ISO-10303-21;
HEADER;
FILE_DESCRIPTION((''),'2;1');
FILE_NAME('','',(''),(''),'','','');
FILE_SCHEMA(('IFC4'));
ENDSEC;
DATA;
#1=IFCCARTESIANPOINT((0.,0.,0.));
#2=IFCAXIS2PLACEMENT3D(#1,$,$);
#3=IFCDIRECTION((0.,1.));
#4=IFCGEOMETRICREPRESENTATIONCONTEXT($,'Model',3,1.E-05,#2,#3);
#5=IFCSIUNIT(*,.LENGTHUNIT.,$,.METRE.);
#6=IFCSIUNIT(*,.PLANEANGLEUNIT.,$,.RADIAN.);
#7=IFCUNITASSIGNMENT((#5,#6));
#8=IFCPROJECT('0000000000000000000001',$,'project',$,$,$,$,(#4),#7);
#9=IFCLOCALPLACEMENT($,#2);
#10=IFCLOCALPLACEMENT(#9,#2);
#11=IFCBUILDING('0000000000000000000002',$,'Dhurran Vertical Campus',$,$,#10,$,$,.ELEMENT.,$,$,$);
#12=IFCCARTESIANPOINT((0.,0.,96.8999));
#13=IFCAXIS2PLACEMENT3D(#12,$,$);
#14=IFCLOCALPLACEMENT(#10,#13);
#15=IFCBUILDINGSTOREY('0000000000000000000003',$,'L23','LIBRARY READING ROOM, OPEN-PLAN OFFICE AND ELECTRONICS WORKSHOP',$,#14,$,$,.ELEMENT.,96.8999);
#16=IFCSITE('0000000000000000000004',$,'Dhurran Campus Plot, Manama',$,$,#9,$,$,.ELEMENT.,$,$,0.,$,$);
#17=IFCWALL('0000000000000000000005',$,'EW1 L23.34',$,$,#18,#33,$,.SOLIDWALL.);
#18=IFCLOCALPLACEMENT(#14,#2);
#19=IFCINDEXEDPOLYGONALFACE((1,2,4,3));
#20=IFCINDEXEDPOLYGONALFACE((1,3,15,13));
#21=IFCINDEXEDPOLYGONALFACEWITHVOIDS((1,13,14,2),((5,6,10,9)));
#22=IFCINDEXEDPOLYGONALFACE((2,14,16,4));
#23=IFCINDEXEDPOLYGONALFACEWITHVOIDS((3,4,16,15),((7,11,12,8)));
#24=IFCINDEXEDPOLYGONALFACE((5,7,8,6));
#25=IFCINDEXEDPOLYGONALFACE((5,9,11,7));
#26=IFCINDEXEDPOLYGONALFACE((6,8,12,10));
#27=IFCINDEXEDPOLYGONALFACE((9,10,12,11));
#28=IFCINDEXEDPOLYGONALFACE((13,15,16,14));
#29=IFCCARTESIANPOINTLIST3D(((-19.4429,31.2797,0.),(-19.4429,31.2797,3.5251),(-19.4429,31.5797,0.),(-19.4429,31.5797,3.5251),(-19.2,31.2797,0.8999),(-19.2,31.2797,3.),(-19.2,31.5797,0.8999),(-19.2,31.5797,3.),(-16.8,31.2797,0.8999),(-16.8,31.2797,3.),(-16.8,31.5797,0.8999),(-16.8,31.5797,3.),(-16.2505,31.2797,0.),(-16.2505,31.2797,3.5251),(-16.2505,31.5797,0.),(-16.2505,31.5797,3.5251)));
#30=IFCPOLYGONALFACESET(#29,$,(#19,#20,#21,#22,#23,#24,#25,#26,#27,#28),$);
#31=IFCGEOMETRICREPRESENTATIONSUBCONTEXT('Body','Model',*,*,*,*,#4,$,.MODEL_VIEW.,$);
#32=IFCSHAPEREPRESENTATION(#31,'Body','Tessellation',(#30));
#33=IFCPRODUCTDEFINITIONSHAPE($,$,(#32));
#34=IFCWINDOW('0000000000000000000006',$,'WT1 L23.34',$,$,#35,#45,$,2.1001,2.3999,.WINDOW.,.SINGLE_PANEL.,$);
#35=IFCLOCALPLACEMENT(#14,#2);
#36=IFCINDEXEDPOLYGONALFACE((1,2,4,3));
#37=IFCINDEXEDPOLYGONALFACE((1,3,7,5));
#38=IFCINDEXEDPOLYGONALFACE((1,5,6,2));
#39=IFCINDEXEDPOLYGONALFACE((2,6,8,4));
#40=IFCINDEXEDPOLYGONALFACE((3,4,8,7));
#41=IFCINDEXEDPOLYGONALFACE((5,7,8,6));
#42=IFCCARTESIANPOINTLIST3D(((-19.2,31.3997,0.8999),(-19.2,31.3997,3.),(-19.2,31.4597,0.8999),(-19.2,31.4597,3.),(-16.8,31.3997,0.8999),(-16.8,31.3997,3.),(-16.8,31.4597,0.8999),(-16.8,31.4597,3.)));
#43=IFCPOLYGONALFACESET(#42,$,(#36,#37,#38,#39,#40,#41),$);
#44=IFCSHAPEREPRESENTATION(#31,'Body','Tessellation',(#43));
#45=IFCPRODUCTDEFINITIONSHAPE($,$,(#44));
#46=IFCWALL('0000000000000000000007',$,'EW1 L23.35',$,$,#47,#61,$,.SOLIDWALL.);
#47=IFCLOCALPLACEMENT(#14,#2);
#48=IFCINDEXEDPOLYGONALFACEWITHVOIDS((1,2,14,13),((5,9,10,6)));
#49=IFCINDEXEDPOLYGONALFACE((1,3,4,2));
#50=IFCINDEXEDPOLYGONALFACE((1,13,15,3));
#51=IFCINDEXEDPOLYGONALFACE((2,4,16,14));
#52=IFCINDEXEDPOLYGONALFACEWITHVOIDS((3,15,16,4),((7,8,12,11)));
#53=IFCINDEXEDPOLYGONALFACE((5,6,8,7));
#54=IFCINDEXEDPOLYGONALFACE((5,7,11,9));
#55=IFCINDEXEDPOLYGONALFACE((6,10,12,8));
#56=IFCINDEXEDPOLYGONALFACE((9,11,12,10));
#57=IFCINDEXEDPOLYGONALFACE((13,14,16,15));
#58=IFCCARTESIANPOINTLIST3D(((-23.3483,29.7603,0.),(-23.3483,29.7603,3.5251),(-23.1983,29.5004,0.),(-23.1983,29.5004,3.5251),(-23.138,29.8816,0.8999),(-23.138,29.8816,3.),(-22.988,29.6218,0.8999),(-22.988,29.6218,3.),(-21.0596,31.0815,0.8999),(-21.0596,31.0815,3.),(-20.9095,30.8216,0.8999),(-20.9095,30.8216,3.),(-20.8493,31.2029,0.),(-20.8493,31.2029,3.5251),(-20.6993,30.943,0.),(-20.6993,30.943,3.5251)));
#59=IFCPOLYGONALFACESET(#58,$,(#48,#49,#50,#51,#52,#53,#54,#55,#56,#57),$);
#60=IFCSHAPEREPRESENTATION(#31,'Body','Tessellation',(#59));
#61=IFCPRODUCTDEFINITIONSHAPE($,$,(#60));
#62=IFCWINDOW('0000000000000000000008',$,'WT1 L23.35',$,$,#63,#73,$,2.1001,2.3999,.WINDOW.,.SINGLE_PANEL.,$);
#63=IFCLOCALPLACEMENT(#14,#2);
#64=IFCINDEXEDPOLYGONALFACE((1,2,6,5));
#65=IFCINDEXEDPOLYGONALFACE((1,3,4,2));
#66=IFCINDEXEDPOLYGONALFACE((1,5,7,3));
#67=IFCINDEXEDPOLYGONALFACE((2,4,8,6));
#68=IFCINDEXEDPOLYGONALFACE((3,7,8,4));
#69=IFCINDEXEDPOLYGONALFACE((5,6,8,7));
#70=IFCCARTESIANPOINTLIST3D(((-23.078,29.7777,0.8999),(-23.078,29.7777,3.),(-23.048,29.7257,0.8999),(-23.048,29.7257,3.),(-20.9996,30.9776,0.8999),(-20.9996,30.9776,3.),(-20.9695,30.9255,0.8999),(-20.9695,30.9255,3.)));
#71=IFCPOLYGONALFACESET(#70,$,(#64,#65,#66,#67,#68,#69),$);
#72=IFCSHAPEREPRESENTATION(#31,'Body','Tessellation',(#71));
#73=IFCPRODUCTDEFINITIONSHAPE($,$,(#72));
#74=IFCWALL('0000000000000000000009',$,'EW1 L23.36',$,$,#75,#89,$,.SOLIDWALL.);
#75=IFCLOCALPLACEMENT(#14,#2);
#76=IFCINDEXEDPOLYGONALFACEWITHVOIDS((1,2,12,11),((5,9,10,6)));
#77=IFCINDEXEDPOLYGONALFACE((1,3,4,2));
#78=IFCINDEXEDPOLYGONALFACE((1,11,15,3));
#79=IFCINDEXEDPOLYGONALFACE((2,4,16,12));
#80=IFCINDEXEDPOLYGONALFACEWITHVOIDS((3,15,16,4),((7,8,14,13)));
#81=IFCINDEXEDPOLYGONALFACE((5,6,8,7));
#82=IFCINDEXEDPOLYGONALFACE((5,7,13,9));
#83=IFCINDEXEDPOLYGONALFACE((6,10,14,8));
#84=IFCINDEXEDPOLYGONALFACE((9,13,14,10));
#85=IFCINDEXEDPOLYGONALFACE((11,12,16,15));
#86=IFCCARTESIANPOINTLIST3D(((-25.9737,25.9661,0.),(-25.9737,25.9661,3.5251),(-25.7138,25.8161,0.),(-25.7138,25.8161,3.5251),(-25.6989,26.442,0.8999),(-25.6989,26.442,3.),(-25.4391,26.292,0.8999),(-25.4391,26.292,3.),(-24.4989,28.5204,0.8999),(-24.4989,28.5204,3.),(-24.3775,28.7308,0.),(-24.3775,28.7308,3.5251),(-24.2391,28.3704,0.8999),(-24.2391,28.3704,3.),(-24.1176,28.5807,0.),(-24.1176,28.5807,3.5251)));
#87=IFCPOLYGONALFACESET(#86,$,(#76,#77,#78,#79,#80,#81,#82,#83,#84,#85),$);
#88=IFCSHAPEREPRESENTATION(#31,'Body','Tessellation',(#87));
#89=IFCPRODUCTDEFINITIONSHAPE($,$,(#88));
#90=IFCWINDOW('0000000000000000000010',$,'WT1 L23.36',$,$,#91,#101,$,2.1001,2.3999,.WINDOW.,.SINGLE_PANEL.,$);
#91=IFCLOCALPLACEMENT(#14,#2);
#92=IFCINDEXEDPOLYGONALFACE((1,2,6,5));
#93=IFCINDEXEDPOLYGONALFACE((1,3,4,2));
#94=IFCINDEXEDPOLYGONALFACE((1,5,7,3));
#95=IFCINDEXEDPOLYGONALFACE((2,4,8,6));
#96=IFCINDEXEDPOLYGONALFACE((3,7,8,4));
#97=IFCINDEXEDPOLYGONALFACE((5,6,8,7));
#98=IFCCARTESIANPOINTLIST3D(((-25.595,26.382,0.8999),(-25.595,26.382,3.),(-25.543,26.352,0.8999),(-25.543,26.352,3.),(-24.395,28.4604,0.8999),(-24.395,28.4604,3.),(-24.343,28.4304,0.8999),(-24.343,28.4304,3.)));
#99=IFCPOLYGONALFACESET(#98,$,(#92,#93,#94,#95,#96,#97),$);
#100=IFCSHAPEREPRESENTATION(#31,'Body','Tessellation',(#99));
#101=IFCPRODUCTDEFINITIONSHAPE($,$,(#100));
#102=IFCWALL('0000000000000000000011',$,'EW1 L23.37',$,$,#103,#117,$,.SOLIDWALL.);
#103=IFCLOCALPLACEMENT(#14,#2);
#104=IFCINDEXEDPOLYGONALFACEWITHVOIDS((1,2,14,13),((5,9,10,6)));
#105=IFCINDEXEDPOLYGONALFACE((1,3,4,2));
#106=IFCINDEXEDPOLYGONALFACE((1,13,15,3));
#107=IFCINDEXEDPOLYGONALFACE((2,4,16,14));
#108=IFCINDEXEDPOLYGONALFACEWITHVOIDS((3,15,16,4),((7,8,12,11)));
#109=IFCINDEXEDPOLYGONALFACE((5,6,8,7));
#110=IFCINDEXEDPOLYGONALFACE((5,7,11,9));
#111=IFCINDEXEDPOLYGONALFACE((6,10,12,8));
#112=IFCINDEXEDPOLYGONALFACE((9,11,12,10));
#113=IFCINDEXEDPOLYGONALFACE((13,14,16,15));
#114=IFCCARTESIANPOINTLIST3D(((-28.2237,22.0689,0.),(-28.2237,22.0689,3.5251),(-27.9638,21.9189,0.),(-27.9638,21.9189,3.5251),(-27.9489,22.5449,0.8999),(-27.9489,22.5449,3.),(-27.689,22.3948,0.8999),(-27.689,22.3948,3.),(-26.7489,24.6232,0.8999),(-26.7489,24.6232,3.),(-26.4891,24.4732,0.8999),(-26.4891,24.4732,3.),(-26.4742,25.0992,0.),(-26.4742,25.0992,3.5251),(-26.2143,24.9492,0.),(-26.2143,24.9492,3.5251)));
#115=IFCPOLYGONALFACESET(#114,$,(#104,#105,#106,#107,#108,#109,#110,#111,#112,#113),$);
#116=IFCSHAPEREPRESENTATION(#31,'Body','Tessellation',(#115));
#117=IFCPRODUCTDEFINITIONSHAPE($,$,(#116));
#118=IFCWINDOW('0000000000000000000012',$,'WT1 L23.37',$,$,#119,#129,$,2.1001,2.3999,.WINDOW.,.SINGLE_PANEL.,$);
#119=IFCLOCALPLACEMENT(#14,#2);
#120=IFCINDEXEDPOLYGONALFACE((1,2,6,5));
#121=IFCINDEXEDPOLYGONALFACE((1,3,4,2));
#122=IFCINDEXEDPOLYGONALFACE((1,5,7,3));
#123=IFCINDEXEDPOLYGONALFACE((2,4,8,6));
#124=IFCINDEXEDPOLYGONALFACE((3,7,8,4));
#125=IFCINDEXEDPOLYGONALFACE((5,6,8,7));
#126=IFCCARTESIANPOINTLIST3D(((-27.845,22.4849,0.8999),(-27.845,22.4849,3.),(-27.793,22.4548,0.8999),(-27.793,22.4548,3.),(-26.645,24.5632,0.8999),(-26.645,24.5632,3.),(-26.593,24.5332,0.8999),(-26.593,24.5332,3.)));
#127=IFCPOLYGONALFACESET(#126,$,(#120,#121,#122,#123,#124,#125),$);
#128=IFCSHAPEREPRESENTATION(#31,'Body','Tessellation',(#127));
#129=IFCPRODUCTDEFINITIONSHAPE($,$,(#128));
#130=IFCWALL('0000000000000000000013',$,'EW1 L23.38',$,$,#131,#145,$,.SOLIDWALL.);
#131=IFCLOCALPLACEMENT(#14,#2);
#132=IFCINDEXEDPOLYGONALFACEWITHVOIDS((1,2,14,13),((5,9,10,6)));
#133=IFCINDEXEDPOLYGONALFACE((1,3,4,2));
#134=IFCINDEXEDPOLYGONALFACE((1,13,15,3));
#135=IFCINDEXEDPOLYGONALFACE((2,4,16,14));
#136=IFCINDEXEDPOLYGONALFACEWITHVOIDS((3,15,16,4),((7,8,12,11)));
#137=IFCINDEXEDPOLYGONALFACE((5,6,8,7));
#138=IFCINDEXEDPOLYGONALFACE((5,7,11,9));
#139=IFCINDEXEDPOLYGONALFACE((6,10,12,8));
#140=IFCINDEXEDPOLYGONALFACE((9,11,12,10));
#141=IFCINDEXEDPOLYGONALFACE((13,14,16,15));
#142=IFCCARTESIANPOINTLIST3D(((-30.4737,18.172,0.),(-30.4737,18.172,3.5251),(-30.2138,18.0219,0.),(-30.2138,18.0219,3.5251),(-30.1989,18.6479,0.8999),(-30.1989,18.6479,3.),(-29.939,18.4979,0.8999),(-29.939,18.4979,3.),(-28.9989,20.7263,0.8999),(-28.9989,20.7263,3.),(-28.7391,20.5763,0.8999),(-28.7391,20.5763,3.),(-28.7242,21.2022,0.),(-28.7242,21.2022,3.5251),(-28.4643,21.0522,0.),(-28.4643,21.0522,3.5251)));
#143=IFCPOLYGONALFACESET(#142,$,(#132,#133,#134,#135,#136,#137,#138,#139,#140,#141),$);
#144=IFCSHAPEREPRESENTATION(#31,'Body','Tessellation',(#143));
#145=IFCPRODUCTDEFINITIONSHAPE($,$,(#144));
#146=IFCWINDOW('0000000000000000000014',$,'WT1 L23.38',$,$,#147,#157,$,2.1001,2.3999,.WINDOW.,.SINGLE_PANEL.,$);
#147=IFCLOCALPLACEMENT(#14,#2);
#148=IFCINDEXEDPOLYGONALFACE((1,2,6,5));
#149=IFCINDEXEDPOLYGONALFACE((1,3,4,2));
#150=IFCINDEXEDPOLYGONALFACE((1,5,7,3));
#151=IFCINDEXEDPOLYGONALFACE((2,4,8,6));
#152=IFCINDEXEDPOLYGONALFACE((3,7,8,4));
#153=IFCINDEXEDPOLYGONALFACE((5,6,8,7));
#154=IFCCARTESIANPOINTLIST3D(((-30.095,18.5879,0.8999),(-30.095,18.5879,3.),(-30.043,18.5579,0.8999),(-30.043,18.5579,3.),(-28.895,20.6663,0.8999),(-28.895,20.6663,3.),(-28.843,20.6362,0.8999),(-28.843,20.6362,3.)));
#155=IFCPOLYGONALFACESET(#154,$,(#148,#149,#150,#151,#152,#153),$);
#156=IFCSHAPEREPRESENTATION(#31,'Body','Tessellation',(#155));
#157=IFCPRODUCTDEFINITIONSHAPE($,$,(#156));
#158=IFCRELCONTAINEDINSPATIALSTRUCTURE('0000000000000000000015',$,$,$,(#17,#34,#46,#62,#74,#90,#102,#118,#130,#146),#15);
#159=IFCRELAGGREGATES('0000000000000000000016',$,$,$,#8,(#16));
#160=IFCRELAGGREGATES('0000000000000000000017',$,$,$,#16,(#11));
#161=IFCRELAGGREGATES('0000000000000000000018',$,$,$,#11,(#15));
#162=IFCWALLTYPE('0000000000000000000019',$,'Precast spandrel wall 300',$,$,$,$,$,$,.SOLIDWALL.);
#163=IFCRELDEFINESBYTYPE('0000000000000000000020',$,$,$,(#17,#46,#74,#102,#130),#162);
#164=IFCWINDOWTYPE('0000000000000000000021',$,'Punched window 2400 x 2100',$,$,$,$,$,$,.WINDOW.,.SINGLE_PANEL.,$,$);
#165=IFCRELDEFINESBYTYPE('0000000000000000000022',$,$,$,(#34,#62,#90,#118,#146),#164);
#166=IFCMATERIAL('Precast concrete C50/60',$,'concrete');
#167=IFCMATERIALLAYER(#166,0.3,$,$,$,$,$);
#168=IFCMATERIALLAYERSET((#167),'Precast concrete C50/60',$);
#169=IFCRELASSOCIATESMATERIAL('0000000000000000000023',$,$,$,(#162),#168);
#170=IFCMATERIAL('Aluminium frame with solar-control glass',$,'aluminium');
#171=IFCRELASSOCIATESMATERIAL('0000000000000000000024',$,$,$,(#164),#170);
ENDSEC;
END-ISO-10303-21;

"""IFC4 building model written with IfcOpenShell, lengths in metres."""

from ifc_helpers import new_model, si_unit, direction, frame, frame_2d, origin, place, context, subcontext, project, spatial, rectangle, extrude, material, layer, layer_set, type_object, element, fill, save


model = new_model("IFC4")

# Units and contexts
model_context = context("Model", 3, precision=1e-05, world=origin(), true_north=direction((0.0, 1.0)))
body_context = subcontext(model_context, "Body", "Model", "MODEL_VIEW")
ifc_project = project(units=[si_unit("LENGTHUNIT", "METRE"), si_unit("PLANEANGLEUNIT", "RADIAN")], contexts=[model_context])

# Site, building, storey
site_placement = place(None, origin())
site = spatial("IfcSite", under=ifc_project, at=site_placement, Name="Dhurran Campus Plot, Manama", CompositionType="ELEMENT", RefElevation=0.0)
building_placement = place(site_placement, origin())
building = spatial("IfcBuilding", under=site, at=building_placement, Name="Dhurran Vertical Campus", CompositionType="ELEMENT")
storey_placement = place(building_placement, frame((0.0, 0.0, 96.8999)))
storey = spatial("IfcBuildingStorey", under=building, at=storey_placement, Name="L23", Description="LIBRARY READING ROOM, OPEN-PLAN OFFICE AND ELECTRONICS WORKSHOP", CompositionType="ELEMENT", Elevation=96.8999)

# Walls, openings, windows
ifc_material_1 = material(Name="Precast concrete C50/60", Category="concrete")
ifc_layer_1 = layer(ifc_material_1, 0.3)
ifc_layer_set_1 = layer_set([ifc_layer_1], Name="Precast concrete C50/60")
wall_type_1 = type_object("IfcWallType", Name="Precast spandrel wall 300", PredefinedType="SOLIDWALL", material=ifc_layer_set_1)
wall_1_placement = place(storey_placement, frame((-16.2505, 31.4297, 0.0), z_axis=(0.0, 0.0, 1.0), x_axis=(-1.0, 0.0, 0.0)))
wall_1 = element("IfcWall", 1, at=wall_1_placement, inside=storey, type_object=wall_type_1, Name="EW1 L23.34", PredefinedType="SOLIDWALL", context=body_context, shape_type="SweptSolid", body=[
    extrude(rectangle(XDim=3.1924, YDim=0.3, at=frame_2d((1.5962, 0.0))), origin(), (0.0, 0.0, 1.0), 3.5251),
])
opening_1_placement = place(wall_1_placement, frame((0.5496, 0.0, 0.8999)))
opening_1 = element("IfcOpeningElement", 2, at=opening_1_placement, cuts=wall_1, PredefinedType="OPENING", context=body_context, shape_type="SweptSolid", body=[
    extrude(rectangle(XDim=2.3999, YDim=2.1001, at=frame_2d((1.2, 1.05))), frame((0.0, 0.1599, 0.0), z_axis=(0.0, -1.0, 0.0), x_axis=(1.0, 0.0, 0.0)), (0.0, 0.0, 1.0), 0.3201),
])
ifc_material_2 = material(Name="Aluminium frame with solar-control glass", Category="aluminium")
window_type = type_object("IfcWindowType", Name="Punched window 2400 x 2100", PartitioningType="SINGLE_PANEL", PredefinedType="WINDOW", material=ifc_material_2)
window_1_placement = place(opening_1_placement, origin())
window_1 = element("IfcWindow", 3, at=window_1_placement, inside=storey, type_object=window_type, Name="WT1 L23.34", OverallHeight=2.1001, OverallWidth=2.3999, PartitioningType="SINGLE_PANEL", PredefinedType="WINDOW", context=body_context, shape_type="SweptSolid", body=[
    extrude(rectangle(XDim=2.3999, YDim=2.1001, at=frame_2d((1.2, 1.05))), frame((0.0, 0.03, 0.0), z_axis=(0.0, -1.0, 0.0), x_axis=(1.0, 0.0, 0.0)), (0.0, 0.0, 1.0), 0.0601),
])
fill(opening_1, window_1)
wall_2_placement = place(storey_placement, frame((-20.7742, 31.073, 0.0), z_axis=(0.0, 0.0, 1.0), x_axis=(-0.866053, -0.499952, 0.0)))
wall_2 = element("IfcWall", 4, at=wall_2_placement, inside=storey, type_object=wall_type_1, Name="EW1 L23.35", PredefinedType="SOLIDWALL", context=body_context, shape_type="SweptSolid", body=[
    extrude(rectangle(XDim=2.8855, YDim=0.3, at=frame_2d((1.4429, 0.0))), origin(), (0.0, 0.0, 1.0), 3.5251),
])
opening_2_placement = place(wall_2_placement, frame((0.2429, 0.0, 0.8999)))
opening_2 = element("IfcOpeningElement", 5, at=opening_2_placement, cuts=wall_2, PredefinedType="OPENING", context=body_context, shape_type="SweptSolid", body=[
    extrude(rectangle(XDim=2.3999, YDim=2.1001, at=frame_2d((1.2, 1.05))), frame((0.0, 0.1599, 0.0), z_axis=(0.0, -1.0, 0.0), x_axis=(1.0, 0.0, 0.0)), (0.0, 0.0, 1.0), 0.3201),
])
window_2_placement = place(opening_2_placement, origin())
window_2 = element("IfcWindow", 6, at=window_2_placement, inside=storey, type_object=window_type, Name="WT1 L23.35", OverallHeight=2.1001, OverallWidth=2.3999, PartitioningType="SINGLE_PANEL", PredefinedType="WINDOW", context=body_context, shape_type="SweptSolid", body=[
    extrude(rectangle(XDim=2.3999, YDim=2.1001, at=frame_2d((1.2, 1.05))), frame((0.0, 0.03, 0.0), z_axis=(0.0, -1.0, 0.0), x_axis=(1.0, 0.0, 0.0)), (0.0, 0.0, 1.0), 0.0601),
])
fill(opening_2, window_2)
wall_3_placement = place(storey_placement, frame((-24.2476, 28.6558, 0.0), z_axis=(0.0, 0.0, 1.0), x_axis=(-0.500005, -0.866023, 0.0)))
wall_3 = element("IfcWall", 7, at=wall_3_placement, inside=storey, type_object=wall_type_1, Name="EW1 L23.36", PredefinedType="SOLIDWALL", context=body_context, shape_type="SweptSolid", body=[
    extrude(rectangle(XDim=3.1924, YDim=0.3, at=frame_2d((1.5962, 0.0))), origin(), (0.0, 0.0, 1.0), 3.5251),
])
opening_3_placement = place(wall_3_placement, frame((0.2429, 0.0, 0.8999)))
opening_3 = element("IfcOpeningElement", 8, at=opening_3_placement, cuts=wall_3, PredefinedType="OPENING", context=body_context, shape_type="SweptSolid", body=[
    extrude(rectangle(XDim=2.3999, YDim=2.1001, at=frame_2d((1.2, 1.05))), frame((0.0, 0.1599, 0.0), z_axis=(0.0, -1.0, 0.0), x_axis=(1.0, 0.0, 0.0)), (0.0, 0.0, 1.0), 0.3201),
])
window_3_placement = place(opening_3_placement, origin())
window_3 = element("IfcWindow", 9, at=window_3_placement, inside=storey, type_object=window_type, Name="WT1 L23.36", OverallHeight=2.1001, OverallWidth=2.3999, PartitioningType="SINGLE_PANEL", PredefinedType="WINDOW", context=body_context, shape_type="SweptSolid", body=[
    extrude(rectangle(XDim=2.3999, YDim=2.1001, at=frame_2d((1.2, 1.05))), frame((0.0, 0.03, 0.0), z_axis=(0.0, -1.0, 0.0), x_axis=(1.0, 0.0, 0.0)), (0.0, 0.0, 1.0), 0.0601),
])
fill(opening_3, window_3)
wall_4_placement = place(storey_placement, frame((-26.3442, 25.0242, 0.0), z_axis=(0.0, 0.0, 1.0), x_axis=(-0.499996, -0.866028, 0.0)))
wall_4 = element("IfcWall", 10, at=wall_4_placement, inside=storey, type_object=wall_type_1, Name="EW1 L23.37", PredefinedType="SOLIDWALL", context=body_context, shape_type="SweptSolid", body=[
    extrude(rectangle(XDim=3.499, YDim=0.3, at=frame_2d((1.7495, 0.0))), origin(), (0.0, 0.0, 1.0), 3.5251),
])
opening_4_placement = place(wall_4_placement, frame((0.5496, 0.0, 0.8999)))
opening_4 = element("IfcOpeningElement", 11, at=opening_4_placement, cuts=wall_4, PredefinedType="OPENING", context=body_context, shape_type="SweptSolid", body=[
    extrude(rectangle(XDim=2.3999, YDim=2.1001, at=frame_2d((1.2, 1.05))), frame((0.0, 0.1599, 0.0), z_axis=(0.0, -1.0, 0.0), x_axis=(1.0, 0.0, 0.0)), (0.0, 0.0, 1.0), 0.3201),
])
window_4_placement = place(opening_4_placement, origin())
window_4 = element("IfcWindow", 12, at=window_4_placement, inside=storey, type_object=window_type, Name="WT1 L23.37", OverallHeight=2.1001, OverallWidth=2.3999, PartitioningType="SINGLE_PANEL", PredefinedType="WINDOW", context=body_context, shape_type="SweptSolid", body=[
    extrude(rectangle(XDim=2.3999, YDim=2.1001, at=frame_2d((1.2, 1.05))), frame((0.0, 0.03, 0.0), z_axis=(0.0, -1.0, 0.0), x_axis=(1.0, 0.0, 0.0)), (0.0, 0.0, 1.0), 0.0601),
])
fill(opening_4, window_4)
wall_5_placement = place(storey_placement, frame((-28.5942, 21.1272, 0.0), z_axis=(0.0, 0.0, 1.0), x_axis=(-0.499996, -0.866028, 0.0)))
wall_5 = element("IfcWall", 13, at=wall_5_placement, inside=storey, type_object=wall_type_1, Name="EW1 L23.38", PredefinedType="SOLIDWALL", context=body_context, shape_type="SweptSolid", body=[
    extrude(rectangle(XDim=3.499, YDim=0.3, at=frame_2d((1.7495, 0.0))), origin(), (0.0, 0.0, 1.0), 3.5251),
])
opening_5_placement = place(wall_5_placement, frame((0.5496, 0.0, 0.8999)))
opening_5 = element("IfcOpeningElement", 14, at=opening_5_placement, cuts=wall_5, PredefinedType="OPENING", context=body_context, shape_type="SweptSolid", body=[
    extrude(rectangle(XDim=2.3999, YDim=2.1001, at=frame_2d((1.2, 1.05))), frame((0.0, 0.1599, 0.0), z_axis=(0.0, -1.0, 0.0), x_axis=(1.0, 0.0, 0.0)), (0.0, 0.0, 1.0), 0.3201),
])
window_5_placement = place(opening_5_placement, origin())
window_5 = element("IfcWindow", 15, at=window_5_placement, inside=storey, type_object=window_type, Name="WT1 L23.38", OverallHeight=2.1001, OverallWidth=2.3999, PartitioningType="SINGLE_PANEL", PredefinedType="WINDOW", context=body_context, shape_type="SweptSolid", body=[
    extrude(rectangle(XDim=2.3999, YDim=2.1001, at=frame_2d((1.2, 1.05))), frame((0.0, 0.03, 0.0), z_axis=(0.0, -1.0, 0.0), x_axis=(1.0, 0.0, 0.0)), (0.0, 0.0, 1.0), 0.0601),
])
fill(opening_5, window_5)

save(model, "model.ifc")
